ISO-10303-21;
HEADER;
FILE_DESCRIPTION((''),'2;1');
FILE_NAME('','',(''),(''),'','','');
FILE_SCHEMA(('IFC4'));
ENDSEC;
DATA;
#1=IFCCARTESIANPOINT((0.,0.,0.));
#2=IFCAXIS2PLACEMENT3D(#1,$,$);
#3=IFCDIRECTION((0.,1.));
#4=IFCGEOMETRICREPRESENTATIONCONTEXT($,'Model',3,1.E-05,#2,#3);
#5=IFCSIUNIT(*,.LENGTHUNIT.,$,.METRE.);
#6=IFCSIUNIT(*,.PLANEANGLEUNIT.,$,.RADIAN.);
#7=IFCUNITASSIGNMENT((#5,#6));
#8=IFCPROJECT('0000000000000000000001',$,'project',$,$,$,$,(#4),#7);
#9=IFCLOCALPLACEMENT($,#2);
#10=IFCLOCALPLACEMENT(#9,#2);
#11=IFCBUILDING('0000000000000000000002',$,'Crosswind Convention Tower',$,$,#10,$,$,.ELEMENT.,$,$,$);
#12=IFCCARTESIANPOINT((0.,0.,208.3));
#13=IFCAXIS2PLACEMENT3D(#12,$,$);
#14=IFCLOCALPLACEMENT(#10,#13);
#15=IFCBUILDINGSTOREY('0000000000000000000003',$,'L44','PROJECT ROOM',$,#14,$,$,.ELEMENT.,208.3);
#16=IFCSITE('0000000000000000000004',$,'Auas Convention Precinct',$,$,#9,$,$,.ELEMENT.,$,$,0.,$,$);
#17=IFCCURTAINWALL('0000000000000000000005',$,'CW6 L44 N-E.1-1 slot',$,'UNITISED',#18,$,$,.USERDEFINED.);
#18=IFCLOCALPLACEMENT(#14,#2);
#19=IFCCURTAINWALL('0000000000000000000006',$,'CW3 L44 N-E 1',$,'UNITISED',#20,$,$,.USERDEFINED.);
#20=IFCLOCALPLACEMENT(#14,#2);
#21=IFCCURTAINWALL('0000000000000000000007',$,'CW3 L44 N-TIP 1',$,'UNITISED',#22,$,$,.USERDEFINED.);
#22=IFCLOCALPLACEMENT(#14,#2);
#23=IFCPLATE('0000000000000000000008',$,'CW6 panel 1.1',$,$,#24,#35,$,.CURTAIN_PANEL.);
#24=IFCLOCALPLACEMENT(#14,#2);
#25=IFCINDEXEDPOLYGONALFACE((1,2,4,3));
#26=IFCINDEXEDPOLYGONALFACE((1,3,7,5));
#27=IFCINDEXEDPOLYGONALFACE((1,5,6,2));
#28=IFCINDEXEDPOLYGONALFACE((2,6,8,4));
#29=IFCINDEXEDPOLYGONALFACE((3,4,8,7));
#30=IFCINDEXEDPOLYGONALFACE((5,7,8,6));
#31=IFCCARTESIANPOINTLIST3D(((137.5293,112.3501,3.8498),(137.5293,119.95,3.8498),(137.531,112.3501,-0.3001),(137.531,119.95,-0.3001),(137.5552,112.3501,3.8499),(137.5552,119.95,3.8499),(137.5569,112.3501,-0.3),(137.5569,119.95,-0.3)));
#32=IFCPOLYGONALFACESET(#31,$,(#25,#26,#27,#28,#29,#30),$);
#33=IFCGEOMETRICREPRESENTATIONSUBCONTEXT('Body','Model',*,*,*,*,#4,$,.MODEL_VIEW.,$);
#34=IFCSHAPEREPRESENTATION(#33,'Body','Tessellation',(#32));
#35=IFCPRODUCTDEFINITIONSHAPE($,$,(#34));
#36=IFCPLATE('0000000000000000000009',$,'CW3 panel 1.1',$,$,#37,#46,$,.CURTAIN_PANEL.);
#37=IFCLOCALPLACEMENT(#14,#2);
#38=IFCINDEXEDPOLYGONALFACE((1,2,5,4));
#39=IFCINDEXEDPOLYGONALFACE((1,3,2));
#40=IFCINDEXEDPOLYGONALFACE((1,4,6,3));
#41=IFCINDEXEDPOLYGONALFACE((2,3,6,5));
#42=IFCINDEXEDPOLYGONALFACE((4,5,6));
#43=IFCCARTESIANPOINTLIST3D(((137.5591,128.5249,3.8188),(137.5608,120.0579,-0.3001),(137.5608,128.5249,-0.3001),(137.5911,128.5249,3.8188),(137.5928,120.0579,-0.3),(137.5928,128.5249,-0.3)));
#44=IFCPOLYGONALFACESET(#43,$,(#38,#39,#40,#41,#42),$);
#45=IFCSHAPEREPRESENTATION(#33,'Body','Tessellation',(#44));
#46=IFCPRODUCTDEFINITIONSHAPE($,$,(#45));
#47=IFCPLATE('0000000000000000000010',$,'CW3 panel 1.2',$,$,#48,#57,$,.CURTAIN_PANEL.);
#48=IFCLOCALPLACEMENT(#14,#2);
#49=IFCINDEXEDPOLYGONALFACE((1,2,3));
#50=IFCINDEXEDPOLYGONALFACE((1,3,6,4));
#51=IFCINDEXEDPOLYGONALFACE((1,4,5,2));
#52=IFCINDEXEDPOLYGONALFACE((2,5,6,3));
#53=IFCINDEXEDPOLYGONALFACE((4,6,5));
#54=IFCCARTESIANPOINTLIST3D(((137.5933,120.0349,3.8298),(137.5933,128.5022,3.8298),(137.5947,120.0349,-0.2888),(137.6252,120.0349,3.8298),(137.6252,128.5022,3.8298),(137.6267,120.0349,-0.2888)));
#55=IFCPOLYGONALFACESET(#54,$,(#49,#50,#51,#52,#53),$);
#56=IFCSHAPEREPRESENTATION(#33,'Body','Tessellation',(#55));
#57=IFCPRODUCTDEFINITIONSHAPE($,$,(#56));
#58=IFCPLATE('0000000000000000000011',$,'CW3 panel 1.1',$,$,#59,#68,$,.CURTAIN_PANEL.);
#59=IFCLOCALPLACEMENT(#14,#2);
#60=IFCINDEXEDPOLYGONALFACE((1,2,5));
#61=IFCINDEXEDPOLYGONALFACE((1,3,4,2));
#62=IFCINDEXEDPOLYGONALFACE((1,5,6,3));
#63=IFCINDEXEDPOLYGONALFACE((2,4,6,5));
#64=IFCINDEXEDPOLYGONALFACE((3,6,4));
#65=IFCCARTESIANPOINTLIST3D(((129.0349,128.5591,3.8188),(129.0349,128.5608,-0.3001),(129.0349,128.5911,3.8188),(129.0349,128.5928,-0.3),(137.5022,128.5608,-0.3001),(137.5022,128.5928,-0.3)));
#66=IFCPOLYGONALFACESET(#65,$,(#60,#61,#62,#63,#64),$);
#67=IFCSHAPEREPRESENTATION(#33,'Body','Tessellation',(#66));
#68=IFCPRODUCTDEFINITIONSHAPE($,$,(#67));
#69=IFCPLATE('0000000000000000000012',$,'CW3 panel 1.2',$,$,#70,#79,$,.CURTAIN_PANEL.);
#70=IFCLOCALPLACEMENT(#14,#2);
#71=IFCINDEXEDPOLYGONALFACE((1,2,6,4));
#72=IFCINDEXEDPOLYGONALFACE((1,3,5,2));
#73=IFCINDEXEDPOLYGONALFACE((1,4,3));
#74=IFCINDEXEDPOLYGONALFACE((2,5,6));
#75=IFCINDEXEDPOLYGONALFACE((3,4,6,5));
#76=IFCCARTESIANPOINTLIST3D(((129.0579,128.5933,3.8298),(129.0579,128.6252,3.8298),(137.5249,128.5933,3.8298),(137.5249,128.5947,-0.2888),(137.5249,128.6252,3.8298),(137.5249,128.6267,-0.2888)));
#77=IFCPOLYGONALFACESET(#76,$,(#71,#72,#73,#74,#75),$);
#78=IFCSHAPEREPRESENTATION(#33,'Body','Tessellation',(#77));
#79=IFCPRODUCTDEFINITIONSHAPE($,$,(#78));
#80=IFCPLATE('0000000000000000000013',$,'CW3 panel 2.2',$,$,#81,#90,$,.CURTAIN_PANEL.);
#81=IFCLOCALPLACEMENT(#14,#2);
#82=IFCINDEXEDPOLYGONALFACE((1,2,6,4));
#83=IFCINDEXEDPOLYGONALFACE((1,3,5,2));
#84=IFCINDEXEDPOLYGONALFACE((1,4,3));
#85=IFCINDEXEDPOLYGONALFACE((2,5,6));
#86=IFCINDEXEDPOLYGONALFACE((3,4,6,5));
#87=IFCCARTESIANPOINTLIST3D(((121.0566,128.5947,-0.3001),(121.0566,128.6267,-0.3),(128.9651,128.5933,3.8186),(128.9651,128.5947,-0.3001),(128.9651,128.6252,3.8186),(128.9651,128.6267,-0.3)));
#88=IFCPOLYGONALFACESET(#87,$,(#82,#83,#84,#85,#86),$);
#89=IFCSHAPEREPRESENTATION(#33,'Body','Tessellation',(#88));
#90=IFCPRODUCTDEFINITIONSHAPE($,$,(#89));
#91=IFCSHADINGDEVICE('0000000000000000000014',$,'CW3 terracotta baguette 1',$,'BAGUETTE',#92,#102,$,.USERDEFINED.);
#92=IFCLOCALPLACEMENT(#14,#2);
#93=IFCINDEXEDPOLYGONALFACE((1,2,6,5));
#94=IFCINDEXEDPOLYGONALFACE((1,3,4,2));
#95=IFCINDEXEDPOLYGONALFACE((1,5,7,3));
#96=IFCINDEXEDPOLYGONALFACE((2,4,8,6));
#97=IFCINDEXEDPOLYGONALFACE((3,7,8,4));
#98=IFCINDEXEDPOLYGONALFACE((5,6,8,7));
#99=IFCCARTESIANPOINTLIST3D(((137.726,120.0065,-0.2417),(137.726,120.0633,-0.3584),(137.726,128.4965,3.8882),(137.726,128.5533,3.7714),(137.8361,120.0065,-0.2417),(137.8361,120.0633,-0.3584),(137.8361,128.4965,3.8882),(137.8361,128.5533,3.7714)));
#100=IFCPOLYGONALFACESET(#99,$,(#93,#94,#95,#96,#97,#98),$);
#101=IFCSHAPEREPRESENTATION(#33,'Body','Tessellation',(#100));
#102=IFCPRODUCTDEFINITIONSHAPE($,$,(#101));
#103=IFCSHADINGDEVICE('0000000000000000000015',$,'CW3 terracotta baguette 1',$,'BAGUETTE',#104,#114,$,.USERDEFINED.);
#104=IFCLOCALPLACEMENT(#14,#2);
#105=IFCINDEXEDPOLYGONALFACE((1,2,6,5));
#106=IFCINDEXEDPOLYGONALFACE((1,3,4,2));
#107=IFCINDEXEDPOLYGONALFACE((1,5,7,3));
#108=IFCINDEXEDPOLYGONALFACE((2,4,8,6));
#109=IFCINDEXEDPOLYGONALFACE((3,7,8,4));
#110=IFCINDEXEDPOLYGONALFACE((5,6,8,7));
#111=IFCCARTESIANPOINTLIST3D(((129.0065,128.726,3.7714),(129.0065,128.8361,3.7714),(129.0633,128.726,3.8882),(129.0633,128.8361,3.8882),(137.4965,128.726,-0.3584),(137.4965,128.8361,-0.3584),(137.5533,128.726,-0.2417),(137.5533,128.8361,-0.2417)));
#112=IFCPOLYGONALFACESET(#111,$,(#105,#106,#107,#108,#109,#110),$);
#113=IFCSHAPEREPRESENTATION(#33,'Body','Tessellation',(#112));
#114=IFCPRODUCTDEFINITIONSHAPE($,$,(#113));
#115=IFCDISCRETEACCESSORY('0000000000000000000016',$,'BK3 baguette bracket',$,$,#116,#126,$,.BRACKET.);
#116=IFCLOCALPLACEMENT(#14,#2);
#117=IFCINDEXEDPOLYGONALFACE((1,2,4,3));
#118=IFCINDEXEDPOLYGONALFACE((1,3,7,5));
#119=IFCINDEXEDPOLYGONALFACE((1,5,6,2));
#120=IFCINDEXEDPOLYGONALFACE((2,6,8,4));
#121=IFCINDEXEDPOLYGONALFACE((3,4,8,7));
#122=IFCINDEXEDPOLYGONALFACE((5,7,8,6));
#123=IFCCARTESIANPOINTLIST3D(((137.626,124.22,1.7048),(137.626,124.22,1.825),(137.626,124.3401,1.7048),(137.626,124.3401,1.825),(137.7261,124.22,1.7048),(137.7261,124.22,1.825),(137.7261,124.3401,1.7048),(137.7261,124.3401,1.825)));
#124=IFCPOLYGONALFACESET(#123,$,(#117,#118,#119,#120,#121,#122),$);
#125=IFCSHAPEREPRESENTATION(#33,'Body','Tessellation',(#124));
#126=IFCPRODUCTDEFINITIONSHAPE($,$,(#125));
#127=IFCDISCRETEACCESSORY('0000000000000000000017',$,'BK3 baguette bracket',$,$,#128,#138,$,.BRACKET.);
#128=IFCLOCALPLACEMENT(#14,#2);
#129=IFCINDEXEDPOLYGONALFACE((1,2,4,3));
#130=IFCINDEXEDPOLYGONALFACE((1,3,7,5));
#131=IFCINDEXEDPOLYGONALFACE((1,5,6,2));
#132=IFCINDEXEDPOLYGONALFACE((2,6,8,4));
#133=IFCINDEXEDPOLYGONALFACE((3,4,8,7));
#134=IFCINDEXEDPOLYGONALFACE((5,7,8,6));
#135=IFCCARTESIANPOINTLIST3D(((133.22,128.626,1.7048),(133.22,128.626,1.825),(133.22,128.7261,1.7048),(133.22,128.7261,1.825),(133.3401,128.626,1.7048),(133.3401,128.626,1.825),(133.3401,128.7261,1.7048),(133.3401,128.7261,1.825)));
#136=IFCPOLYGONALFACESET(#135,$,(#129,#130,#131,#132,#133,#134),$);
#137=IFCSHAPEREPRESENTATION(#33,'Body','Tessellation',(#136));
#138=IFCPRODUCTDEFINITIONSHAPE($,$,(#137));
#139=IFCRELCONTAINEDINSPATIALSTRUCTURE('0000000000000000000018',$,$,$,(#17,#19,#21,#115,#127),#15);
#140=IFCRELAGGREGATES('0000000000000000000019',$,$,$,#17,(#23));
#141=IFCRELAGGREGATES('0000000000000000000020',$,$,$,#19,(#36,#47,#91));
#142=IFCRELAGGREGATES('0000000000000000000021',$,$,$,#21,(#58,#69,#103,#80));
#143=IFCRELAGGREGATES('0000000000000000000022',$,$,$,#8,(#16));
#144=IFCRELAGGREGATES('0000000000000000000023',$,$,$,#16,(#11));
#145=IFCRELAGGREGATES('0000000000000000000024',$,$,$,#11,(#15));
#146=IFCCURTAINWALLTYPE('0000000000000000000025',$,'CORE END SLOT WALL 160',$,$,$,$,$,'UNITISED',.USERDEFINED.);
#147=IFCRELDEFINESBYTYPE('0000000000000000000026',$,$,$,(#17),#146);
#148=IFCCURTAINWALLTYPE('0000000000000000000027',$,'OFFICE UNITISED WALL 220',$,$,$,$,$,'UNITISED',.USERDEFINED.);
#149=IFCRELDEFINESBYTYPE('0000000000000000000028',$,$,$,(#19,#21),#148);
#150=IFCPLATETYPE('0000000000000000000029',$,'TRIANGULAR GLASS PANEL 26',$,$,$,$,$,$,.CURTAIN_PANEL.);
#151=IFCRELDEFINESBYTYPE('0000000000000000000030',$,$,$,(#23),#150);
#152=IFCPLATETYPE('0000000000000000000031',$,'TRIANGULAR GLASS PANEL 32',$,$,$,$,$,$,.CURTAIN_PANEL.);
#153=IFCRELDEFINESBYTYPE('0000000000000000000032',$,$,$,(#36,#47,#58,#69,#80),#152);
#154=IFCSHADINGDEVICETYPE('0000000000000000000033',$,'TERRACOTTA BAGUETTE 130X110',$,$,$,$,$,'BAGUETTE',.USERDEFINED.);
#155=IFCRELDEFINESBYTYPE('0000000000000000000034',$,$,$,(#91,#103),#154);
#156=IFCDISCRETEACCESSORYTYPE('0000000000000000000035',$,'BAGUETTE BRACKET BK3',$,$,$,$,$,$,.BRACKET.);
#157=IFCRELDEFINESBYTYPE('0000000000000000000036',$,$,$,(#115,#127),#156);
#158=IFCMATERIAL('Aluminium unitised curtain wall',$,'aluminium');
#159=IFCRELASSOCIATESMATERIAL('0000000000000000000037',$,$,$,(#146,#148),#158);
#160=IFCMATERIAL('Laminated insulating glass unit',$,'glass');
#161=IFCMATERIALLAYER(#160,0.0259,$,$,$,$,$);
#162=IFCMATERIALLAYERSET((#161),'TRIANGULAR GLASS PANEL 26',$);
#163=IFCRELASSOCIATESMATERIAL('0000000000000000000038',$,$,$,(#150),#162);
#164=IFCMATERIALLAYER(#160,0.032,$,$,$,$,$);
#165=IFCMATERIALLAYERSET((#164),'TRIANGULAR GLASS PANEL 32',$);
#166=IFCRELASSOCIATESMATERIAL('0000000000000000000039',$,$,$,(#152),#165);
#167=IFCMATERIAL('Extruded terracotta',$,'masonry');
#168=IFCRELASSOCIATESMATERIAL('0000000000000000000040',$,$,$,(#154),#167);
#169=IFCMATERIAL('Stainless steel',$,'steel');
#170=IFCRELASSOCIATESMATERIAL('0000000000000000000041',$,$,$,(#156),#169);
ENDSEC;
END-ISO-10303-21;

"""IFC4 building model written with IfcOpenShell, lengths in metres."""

from ifc_helpers import new_model, si_unit, direction, frame, origin, origin_2d, place, context, subcontext, project, spatial, polyline, rectangle, outline, extrude, material, layer, layer_set, material_profile, profile_set, type_object, element, aggregate, save


model = new_model("IFC4")

# Units and contexts
model_context = context("Model", 3, precision=1e-05, world=origin(), true_north=direction((0.0, 1.0)))
body_context = subcontext(model_context, "Body", "Model", "MODEL_VIEW")
ifc_project = project(units=[si_unit("LENGTHUNIT", "METRE"), si_unit("PLANEANGLEUNIT", "RADIAN")], contexts=[model_context])

# Site, building, storey
site_placement = place(None, origin())
site = spatial("IfcSite", under=ifc_project, at=site_placement, Name="Auas Convention Precinct", CompositionType="ELEMENT", RefElevation=0.0)
building_placement = place(site_placement, origin())
building = spatial("IfcBuilding", under=site, at=building_placement, Name="Crosswind Convention Tower", CompositionType="ELEMENT")
storey_placement = place(building_placement, frame((0.0, 0.0, 208.3)))
storey = spatial("IfcBuildingStorey", under=building, at=storey_placement, Name="L44", Description="PROJECT ROOM", CompositionType="ELEMENT", Elevation=208.3)

# Curtain walls
ifc_material_1 = material(Name="Aluminium unitised curtain wall", Category="aluminium")
curtain_wall_type_1 = type_object("IfcCurtainWallType", Name="CORE END SLOT WALL 160", ElementType="UNITISED", PredefinedType="USERDEFINED", material=ifc_material_1)
curtain_wall_1_placement = place(storey_placement, origin())
curtain_wall_1 = element("IfcCurtainWall", 1, at=curtain_wall_1_placement, inside=storey, type_object=curtain_wall_type_1, Name="CW6 L44 N-E.1-1 slot", ObjectType="UNITISED", PredefinedType="USERDEFINED")
curtain_wall_type_2 = type_object("IfcCurtainWallType", Name="OFFICE UNITISED WALL 220", ElementType="UNITISED", PredefinedType="USERDEFINED", material=ifc_material_1)
curtain_wall_2_placement = place(storey_placement, origin())
curtain_wall_2 = element("IfcCurtainWall", 2, at=curtain_wall_2_placement, inside=storey, type_object=curtain_wall_type_2, Name="CW3 L44 N-E 1", ObjectType="UNITISED", PredefinedType="USERDEFINED")

# Curtain wall
curtain_wall_3_placement = place(storey_placement, origin())
curtain_wall_3 = element("IfcCurtainWall", 3, at=curtain_wall_3_placement, inside=storey, type_object=curtain_wall_type_2, Name="CW3 L44 N-TIP 1", ObjectType="UNITISED", PredefinedType="USERDEFINED")

# Plates
ifc_material_2 = material(Name="Laminated insulating glass unit", Category="glass")
ifc_layer_1 = layer(ifc_material_2, 0.0259)
ifc_layer_set_1 = layer_set([ifc_layer_1], Name="TRIANGULAR GLASS PANEL 26")
plate_type_1 = type_object("IfcPlateType", Name="TRIANGULAR GLASS PANEL 26", PredefinedType="CURTAIN_PANEL", material=ifc_layer_set_1)
plate_1_placement = place(storey_placement, frame((137.5569, 112.3501, -0.3), z_axis=(1.0, 0.0, 0.000412), x_axis=(0.0, 1.0, 0.0)))
plate_1 = element("IfcPlate", 4, at=plate_1_placement, type_object=plate_type_1, Name="CW6 panel 1.1", PredefinedType="CURTAIN_PANEL", context=body_context, shape_type="SweptSolid", body=[
    extrude(outline(polyline([(0.0, 0.0), (7.5999, 0.0), (7.5999, 4.1499), (0.0, 4.1499), (0.0, 0.0)])), origin(), (0.0, 0.0, -1.0), 0.0259),
])
aggregate(curtain_wall_1, [plate_1])
ifc_layer_2 = layer(ifc_material_2, 0.032)
ifc_layer_set_2 = layer_set([ifc_layer_2], Name="TRIANGULAR GLASS PANEL 32")
plate_type_2 = type_object("IfcPlateType", Name="TRIANGULAR GLASS PANEL 32", PredefinedType="CURTAIN_PANEL", material=ifc_layer_set_2)
plate_2_placement = place(storey_placement, frame((137.5928, 128.5249, -0.3), z_axis=(1.0, 0.0, 0.000415), x_axis=(-0.000415, 0.0, 1.0)))
plate_2 = element("IfcPlate", 5, at=plate_2_placement, type_object=plate_type_2, Name="CW3 panel 1.1", PredefinedType="CURTAIN_PANEL", context=body_context, shape_type="SweptSolid", body=[
    extrude(outline(polyline([(0.0, 0.0), (4.1189, 0.0), (0.0, 8.467), (0.0, 0.0)])), origin(), (0.0, 0.0, -1.0), 0.032),
])
plate_3_placement = place(storey_placement, frame((137.6252, 120.0349, 3.8298), z_axis=(1.0, 0.0, 0.000356), x_axis=(0.000356, 0.0, -1.0)))
plate_3 = element("IfcPlate", 6, at=plate_3_placement, type_object=plate_type_2, Name="CW3 panel 1.2", PredefinedType="CURTAIN_PANEL", context=body_context, shape_type="SweptSolid", body=[
    extrude(outline(polyline([(0.0, 0.0), (4.1187, 0.0), (0.0, 8.4673), (0.0, 0.0)])), origin(), (0.0, 0.0, -1.0), 0.032),
])
plate_4_placement = place(storey_placement, frame((129.0349, 128.5928, -0.3), z_axis=(0.0, 1.0, 0.000415), x_axis=(0.0, -0.000415, 1.0)))
plate_4 = element("IfcPlate", 7, at=plate_4_placement, type_object=plate_type_2, Name="CW3 panel 1.1", PredefinedType="CURTAIN_PANEL", context=body_context, shape_type="SweptSolid", body=[
    extrude(outline(polyline([(0.0, 0.0), (4.1189, 0.0), (0.0, 8.4673), (0.0, 0.0)])), origin(), (0.0, 0.0, -1.0), 0.032),
])
plate_5_placement = place(storey_placement, frame((137.5249, 128.6252, 3.8298), z_axis=(0.0, 1.0, 0.000356), x_axis=(0.0, 0.000356, -1.0)))
plate_5 = element("IfcPlate", 8, at=plate_5_placement, type_object=plate_type_2, Name="CW3 panel 1.2", PredefinedType="CURTAIN_PANEL", context=body_context, shape_type="SweptSolid", body=[
    extrude(outline(polyline([(0.0, 0.0), (4.1187, 0.0), (0.0, 8.467), (0.0, 0.0)])), origin(), (0.0, 0.0, -1.0), 0.032),
])
plate_6_placement = place(storey_placement, frame((128.9651, 128.6267, -0.3), z_axis=(0.0, 1.0, 0.000356), x_axis=(-1.0, 0.0, 0.0)))
plate_6 = element("IfcPlate", 9, at=plate_6_placement, type_object=plate_type_2, Name="CW3 panel 2.2", PredefinedType="CURTAIN_PANEL", context=body_context, shape_type="SweptSolid", body=[
    extrude(outline(polyline([(0.0, 0.0), (7.9084, 0.0), (0.0, 4.1187), (0.0, 0.0)])), origin(), (0.0, 0.0, -1.0), 0.032),
])

# Shading devices
ifc_material_3 = material(Name="Extruded terracotta", Category="masonry")
ifc_material_profile_1 = material_profile(ifc_material_3, rectangle(XDim=0.1101, YDim=0.1299, at=origin_2d()), Name="TC 110X130")
ifc_profile_set_1 = profile_set([ifc_material_profile_1], Name="Extruded terracotta")
shading_device_type = type_object("IfcShadingDeviceType", Name="TERRACOTTA BAGUETTE 130X110", ElementType="BAGUETTE", PredefinedType="USERDEFINED", material=ifc_profile_set_1)
shading_device_1_placement = place(storey_placement, frame((137.781, 120.0349, -0.3), z_axis=(0.0, 0.899251, 0.437433), x_axis=(-1.0, 0.0, 0.0)))
shading_device_1 = element("IfcShadingDevice", 10, at=shading_device_1_placement, type_object=shading_device_type, Name="CW3 terracotta baguette 1", ObjectType="BAGUETTE", PredefinedType="USERDEFINED", context=body_context, shape_type="SweptSolid", body=[
    extrude(rectangle(XDim=0.1101, YDim=0.1299, at=origin_2d()), origin(), (0.0, 0.0, 1.0), 9.4412),
])
aggregate(curtain_wall_2, [plate_2, plate_3, shading_device_1])
shading_device_2_placement = place(storey_placement, frame((137.5249, 128.781, -0.3), z_axis=(-0.899251, 0.0, 0.437433), x_axis=(0.0, -1.0, 0.0)))
shading_device_2 = element("IfcShadingDevice", 11, at=shading_device_2_placement, type_object=shading_device_type, Name="CW3 terracotta baguette 1", ObjectType="BAGUETTE", PredefinedType="USERDEFINED", context=body_context, shape_type="SweptSolid", body=[
    extrude(rectangle(XDim=0.1101, YDim=0.1299, at=origin_2d()), origin(), (0.0, 0.0, 1.0), 9.4412),
])
aggregate(curtain_wall_3, [plate_4, plate_5, shading_device_2, plate_6])

# Discrete accessories
ifc_material_4 = material(Name="Stainless steel", Category="steel")
discrete_accessory_type = type_object("IfcDiscreteAccessoryType", Name="BAGUETTE BRACKET BK3", PredefinedType="BRACKET", material=ifc_material_4)
for number, where, z_axis, x_axis, name in (
    (12, (137.676, 124.28, 1.7048), (0.0, 0.0, 1.0), (0.0, 1.0, 0.0), "BK3 baguette bracket"),
    (13, (133.28, 128.676, 1.7048), (0.0, 0.0, 1.0), (-1.0, 0.0, 0.0), "BK3 baguette bracket"),
):
    element("IfcDiscreteAccessory", number, at=place(storey_placement, frame(where, z_axis=z_axis, x_axis=x_axis)), inside=storey, type_object=discrete_accessory_type, Name=name, PredefinedType="BRACKET", context=body_context, shape_type="SweptSolid", body=[
        extrude(rectangle(XDim=0.1201, YDim=0.1001, at=origin_2d()), origin(), (0.0, 0.0, 1.0), 0.1201),
    ])

save(model, "model.ifc")
